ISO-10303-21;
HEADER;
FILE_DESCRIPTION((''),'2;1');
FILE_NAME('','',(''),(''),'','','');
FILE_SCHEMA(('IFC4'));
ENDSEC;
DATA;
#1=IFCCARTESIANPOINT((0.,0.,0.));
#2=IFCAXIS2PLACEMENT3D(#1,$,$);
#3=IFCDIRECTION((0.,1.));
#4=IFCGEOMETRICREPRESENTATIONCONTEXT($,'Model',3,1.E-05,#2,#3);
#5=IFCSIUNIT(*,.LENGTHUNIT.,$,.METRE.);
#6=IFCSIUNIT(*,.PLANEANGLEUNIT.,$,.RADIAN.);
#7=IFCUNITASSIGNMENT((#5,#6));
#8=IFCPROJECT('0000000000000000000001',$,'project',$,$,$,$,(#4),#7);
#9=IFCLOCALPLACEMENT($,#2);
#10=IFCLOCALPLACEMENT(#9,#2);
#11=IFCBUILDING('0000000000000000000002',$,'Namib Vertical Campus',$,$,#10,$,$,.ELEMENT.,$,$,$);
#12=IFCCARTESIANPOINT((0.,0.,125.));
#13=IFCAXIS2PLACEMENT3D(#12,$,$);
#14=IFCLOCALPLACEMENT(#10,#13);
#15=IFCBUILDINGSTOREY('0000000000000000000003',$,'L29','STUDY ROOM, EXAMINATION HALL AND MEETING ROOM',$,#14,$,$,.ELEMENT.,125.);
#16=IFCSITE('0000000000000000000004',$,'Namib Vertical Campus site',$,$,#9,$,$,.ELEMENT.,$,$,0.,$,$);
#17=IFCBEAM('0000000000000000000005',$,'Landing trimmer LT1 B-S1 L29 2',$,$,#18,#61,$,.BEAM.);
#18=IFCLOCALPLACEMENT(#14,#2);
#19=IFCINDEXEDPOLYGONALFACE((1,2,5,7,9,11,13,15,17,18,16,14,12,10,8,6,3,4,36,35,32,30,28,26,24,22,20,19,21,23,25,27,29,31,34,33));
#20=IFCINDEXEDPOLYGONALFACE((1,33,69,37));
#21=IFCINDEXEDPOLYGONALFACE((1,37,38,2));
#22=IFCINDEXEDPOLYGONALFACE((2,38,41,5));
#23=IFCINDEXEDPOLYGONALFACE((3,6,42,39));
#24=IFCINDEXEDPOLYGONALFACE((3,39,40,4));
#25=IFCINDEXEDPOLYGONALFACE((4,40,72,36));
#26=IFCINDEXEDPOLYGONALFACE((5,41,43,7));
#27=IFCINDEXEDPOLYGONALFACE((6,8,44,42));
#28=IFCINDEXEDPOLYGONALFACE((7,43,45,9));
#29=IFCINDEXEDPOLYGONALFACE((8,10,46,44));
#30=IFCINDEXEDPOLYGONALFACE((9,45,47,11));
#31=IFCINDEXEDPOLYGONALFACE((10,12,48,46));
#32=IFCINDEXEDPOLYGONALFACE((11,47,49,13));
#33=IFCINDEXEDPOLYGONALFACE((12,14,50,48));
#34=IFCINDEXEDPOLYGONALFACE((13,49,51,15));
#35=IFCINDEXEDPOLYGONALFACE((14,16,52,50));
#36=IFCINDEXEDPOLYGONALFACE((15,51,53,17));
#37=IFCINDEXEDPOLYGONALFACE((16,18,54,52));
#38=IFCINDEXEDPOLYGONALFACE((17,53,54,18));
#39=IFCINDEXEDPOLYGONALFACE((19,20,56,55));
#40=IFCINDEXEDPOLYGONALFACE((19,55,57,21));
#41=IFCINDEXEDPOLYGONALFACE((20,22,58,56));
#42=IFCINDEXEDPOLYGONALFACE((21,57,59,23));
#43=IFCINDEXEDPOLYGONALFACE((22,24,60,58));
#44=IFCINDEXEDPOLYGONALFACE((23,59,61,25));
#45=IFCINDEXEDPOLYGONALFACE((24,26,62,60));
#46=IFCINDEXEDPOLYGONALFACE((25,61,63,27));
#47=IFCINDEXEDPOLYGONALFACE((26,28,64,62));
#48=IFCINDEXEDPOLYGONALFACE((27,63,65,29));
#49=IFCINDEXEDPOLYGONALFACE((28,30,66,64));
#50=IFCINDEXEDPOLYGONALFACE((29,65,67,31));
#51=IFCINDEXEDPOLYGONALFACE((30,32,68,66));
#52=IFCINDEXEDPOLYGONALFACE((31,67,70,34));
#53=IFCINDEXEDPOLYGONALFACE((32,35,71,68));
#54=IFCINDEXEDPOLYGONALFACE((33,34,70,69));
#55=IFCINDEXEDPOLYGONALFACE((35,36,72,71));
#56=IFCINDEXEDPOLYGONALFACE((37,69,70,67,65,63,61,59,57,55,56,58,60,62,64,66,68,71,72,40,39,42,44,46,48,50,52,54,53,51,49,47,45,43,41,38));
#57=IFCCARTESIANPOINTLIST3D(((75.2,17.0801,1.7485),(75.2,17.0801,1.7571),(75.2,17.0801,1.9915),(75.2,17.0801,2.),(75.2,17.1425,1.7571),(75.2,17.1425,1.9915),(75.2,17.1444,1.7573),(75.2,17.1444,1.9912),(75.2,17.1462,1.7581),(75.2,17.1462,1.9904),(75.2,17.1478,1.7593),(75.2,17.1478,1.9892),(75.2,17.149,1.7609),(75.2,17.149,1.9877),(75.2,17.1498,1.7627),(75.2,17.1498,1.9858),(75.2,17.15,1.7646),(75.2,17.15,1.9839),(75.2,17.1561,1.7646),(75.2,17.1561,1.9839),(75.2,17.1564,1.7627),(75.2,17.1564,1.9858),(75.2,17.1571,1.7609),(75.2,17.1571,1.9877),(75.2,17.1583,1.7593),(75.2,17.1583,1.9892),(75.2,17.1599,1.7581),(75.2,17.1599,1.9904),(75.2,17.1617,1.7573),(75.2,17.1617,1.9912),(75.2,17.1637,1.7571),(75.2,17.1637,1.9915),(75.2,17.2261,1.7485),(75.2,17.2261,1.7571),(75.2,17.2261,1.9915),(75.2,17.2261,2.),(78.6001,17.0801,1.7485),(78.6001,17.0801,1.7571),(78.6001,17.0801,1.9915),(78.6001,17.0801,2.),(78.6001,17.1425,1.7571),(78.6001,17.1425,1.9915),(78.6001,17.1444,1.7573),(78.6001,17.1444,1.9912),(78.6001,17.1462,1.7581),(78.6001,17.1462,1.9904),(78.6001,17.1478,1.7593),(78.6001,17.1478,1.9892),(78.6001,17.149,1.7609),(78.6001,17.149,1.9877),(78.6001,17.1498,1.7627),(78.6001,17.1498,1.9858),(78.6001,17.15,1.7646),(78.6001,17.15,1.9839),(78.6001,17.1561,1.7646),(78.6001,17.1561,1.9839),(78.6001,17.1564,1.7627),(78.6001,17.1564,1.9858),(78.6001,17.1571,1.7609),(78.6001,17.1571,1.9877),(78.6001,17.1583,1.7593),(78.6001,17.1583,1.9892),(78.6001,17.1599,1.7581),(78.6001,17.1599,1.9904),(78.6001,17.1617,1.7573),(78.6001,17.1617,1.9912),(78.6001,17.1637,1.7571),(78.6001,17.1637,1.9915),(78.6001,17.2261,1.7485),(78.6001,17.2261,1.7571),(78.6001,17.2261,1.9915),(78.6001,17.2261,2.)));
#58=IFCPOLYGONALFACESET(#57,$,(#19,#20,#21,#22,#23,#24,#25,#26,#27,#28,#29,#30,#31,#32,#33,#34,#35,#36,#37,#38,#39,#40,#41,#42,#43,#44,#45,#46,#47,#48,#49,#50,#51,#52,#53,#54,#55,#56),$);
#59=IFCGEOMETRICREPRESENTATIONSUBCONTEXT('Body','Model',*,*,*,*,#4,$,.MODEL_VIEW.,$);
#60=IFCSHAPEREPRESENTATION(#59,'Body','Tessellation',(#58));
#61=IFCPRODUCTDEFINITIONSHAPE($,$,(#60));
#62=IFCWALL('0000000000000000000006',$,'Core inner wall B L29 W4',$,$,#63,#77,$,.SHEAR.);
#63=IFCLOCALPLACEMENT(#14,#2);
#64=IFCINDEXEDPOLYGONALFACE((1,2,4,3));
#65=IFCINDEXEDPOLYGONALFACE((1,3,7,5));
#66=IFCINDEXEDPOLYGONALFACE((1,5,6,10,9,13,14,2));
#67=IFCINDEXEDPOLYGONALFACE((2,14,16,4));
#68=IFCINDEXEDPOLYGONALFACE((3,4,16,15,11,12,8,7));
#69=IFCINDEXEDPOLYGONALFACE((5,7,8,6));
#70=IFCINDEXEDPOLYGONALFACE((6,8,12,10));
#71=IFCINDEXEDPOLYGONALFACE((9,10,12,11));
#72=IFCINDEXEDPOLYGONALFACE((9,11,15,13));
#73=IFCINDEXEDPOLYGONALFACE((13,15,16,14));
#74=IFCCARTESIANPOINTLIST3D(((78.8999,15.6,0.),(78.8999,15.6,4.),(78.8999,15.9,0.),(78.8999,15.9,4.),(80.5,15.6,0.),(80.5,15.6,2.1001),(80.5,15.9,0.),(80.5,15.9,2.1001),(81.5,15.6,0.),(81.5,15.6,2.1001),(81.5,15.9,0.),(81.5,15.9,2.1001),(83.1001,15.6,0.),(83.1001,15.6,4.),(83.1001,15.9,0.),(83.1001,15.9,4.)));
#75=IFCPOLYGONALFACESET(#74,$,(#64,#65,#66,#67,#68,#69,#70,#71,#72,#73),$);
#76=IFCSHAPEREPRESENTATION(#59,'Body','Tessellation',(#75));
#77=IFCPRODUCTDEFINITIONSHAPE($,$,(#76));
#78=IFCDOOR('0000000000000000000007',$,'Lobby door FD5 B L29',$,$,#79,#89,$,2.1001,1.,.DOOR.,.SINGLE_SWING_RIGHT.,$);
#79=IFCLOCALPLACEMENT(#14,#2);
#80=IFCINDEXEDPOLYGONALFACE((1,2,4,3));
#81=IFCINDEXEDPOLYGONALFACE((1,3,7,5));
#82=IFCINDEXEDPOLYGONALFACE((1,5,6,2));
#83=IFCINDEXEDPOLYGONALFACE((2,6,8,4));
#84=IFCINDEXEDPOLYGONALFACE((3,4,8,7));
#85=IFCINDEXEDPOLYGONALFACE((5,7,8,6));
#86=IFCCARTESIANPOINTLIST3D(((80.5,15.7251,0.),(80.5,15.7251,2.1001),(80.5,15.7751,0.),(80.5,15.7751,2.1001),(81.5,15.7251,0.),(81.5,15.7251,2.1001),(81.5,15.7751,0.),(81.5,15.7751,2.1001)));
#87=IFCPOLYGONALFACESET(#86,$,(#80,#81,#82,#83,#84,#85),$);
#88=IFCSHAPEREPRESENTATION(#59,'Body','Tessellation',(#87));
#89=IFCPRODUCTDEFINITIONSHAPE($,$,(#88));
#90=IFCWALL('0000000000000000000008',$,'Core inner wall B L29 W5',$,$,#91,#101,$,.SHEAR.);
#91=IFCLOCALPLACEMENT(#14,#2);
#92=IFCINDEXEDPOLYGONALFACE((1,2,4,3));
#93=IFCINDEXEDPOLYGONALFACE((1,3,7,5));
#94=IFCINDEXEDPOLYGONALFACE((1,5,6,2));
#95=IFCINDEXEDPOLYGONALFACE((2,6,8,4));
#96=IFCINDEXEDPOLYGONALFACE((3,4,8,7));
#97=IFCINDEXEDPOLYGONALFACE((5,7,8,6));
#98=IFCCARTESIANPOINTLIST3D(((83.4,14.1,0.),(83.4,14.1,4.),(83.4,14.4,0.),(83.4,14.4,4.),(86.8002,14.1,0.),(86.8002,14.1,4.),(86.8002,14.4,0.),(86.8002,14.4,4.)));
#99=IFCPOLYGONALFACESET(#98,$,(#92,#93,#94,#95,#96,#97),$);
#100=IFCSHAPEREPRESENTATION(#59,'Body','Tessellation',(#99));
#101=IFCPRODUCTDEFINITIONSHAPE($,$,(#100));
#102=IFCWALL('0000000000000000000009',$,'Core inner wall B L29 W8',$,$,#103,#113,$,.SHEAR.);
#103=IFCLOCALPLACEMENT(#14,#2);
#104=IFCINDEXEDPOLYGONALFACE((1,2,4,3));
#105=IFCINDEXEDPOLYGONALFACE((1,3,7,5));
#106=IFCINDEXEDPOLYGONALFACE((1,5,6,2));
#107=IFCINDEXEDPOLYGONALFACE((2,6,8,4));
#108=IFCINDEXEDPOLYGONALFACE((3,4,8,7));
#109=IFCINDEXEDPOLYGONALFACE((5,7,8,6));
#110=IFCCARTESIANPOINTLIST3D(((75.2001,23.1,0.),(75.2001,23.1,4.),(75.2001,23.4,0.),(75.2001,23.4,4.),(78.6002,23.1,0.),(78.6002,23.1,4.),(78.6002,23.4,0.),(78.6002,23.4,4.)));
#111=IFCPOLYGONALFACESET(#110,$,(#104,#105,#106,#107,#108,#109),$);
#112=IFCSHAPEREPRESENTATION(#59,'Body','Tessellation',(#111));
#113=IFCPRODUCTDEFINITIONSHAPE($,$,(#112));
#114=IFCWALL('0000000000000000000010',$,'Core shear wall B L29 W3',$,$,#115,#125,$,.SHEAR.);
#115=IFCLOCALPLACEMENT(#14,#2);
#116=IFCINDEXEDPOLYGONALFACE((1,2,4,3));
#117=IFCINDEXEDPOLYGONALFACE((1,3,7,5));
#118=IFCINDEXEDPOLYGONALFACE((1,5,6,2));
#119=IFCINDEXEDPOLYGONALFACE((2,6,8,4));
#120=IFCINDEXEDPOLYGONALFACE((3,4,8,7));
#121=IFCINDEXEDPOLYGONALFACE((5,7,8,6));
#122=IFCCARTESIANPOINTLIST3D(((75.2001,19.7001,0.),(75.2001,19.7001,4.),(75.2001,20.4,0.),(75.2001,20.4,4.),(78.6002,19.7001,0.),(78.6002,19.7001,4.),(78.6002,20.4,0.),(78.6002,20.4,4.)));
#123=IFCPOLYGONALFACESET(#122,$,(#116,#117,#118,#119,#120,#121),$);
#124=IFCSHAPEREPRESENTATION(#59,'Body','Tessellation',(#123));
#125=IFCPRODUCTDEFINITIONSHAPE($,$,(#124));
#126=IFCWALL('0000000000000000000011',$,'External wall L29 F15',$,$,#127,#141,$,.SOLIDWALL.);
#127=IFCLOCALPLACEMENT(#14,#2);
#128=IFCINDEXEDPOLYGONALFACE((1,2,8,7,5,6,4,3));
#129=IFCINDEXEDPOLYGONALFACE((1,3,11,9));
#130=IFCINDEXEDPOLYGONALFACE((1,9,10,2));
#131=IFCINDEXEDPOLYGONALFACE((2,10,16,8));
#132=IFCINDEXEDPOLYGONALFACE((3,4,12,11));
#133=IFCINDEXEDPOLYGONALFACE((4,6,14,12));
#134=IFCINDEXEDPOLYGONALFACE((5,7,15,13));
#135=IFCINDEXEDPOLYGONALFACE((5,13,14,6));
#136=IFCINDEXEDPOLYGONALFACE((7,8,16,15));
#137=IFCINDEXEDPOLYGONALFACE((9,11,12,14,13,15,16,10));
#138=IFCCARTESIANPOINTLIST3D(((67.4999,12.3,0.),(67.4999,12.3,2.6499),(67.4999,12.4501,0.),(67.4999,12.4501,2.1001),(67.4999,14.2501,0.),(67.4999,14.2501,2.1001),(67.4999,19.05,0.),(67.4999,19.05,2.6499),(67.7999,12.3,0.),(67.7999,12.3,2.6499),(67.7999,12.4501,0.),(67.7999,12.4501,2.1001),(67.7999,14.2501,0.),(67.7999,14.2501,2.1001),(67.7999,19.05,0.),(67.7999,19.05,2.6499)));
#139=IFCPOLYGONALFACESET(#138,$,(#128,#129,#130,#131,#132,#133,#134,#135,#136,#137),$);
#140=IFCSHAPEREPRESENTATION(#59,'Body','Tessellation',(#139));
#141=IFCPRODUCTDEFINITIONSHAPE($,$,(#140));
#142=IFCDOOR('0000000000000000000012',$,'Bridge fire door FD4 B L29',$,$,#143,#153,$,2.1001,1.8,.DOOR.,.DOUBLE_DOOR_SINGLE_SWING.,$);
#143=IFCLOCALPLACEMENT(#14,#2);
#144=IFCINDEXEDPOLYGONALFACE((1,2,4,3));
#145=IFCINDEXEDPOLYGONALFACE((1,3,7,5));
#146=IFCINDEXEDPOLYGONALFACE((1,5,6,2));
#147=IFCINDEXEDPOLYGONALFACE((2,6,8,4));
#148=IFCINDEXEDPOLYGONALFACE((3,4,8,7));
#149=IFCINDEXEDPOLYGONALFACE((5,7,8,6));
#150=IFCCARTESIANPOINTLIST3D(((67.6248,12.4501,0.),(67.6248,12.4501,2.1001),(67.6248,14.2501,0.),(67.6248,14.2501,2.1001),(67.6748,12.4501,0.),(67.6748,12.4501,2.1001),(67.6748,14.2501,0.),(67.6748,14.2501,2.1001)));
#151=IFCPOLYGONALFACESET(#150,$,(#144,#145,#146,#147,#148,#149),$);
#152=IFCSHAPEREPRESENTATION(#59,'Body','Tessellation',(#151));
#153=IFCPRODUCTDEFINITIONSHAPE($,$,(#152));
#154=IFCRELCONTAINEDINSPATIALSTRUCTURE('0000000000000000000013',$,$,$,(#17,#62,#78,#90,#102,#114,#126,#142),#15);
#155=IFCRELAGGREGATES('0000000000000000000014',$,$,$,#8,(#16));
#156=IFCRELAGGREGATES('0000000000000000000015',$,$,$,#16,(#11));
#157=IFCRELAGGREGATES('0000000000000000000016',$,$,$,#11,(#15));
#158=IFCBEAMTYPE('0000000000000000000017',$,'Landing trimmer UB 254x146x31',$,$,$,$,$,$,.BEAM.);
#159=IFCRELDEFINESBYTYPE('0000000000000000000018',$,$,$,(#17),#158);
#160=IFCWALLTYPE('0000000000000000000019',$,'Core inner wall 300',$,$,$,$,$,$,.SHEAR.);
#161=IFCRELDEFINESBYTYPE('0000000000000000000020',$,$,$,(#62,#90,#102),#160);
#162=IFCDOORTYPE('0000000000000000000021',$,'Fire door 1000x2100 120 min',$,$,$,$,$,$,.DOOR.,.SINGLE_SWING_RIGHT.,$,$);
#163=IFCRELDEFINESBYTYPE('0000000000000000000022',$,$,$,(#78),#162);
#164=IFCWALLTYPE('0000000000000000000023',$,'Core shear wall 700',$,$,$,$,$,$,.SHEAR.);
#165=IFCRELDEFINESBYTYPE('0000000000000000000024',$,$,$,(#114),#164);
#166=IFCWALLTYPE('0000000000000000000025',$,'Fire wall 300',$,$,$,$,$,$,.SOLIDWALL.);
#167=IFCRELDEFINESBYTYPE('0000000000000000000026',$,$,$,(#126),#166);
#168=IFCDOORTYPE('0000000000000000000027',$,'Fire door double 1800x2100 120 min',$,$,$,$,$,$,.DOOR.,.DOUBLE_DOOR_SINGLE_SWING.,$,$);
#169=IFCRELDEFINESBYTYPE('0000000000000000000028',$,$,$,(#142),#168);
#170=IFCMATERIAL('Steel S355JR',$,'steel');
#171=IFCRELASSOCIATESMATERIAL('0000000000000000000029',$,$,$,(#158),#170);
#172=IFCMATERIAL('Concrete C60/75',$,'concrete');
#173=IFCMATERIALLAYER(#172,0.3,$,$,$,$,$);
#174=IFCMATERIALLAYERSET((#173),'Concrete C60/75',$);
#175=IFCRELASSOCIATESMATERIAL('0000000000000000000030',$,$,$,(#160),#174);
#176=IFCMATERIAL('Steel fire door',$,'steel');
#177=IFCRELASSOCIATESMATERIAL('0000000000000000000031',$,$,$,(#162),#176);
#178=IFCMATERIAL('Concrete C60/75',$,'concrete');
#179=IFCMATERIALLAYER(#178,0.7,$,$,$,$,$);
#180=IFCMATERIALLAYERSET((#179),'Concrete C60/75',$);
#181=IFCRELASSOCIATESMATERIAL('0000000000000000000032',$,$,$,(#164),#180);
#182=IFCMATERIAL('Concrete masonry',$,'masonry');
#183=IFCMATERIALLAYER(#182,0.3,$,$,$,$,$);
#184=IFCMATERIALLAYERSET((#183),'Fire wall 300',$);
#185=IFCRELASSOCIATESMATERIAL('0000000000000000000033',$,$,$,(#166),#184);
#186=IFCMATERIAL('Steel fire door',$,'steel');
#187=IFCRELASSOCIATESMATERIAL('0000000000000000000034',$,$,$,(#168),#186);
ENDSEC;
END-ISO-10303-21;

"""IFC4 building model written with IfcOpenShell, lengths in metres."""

from ifc_helpers import new_model, si_unit, direction, frame, frame_2d, origin, origin_2d, place, context, subcontext, project, spatial, rectangle, i_section, extrude, material, layer, layer_set, material_profile, profile_set, type_object, element, fill, save


model = new_model("IFC4")

# Units and contexts
model_context = context("Model", 3, precision=1e-05, world=origin(), true_north=direction((0.0, 1.0)))
body_context = subcontext(model_context, "Body", "Model", "MODEL_VIEW")
ifc_project = project(units=[si_unit("LENGTHUNIT", "METRE"), si_unit("PLANEANGLEUNIT", "RADIAN")], contexts=[model_context])

# Site, building, storey
site_placement = place(None, origin())
site = spatial("IfcSite", under=ifc_project, at=site_placement, Name="Namib Vertical Campus site", CompositionType="ELEMENT", RefElevation=0.0)
building_placement = place(site_placement, origin())
building = spatial("IfcBuilding", under=site, at=building_placement, Name="Namib Vertical Campus", CompositionType="ELEMENT")
storey_placement = place(building_placement, frame((0.0, 0.0, 125.0)))
storey = spatial("IfcBuildingStorey", under=building, at=storey_placement, Name="L29", Description="STUDY ROOM, EXAMINATION HALL AND MEETING ROOM", CompositionType="ELEMENT", Elevation=125.0)

# Beam
ifc_material_1 = material(Name="Steel S355JR", Category="steel")
ifc_material_profile = material_profile(ifc_material_1, i_section(OverallWidth=0.146, OverallDepth=0.2515, WebThickness=0.0061, FlangeThickness=0.0085, FilletRadius=0.0076, at=origin_2d()))
ifc_profile_set = profile_set([ifc_material_profile], Name="Steel S355JR")
beam_type = type_object("IfcBeamType", Name="Landing trimmer UB 254x146x31", PredefinedType="BEAM", material=ifc_profile_set)
beam_placement = place(storey_placement, frame((75.2, 17.1531, 1.8743), z_axis=(1.0, 0.0, 0.0), x_axis=(0.0, 1.0, 0.0)))
element("IfcBeam", 1, at=beam_placement, inside=storey, type_object=beam_type, Name="Landing trimmer LT1 B-S1 L29 2", PredefinedType="BEAM", context=body_context, shape_type="SweptSolid", body=[
    extrude(i_section(OverallWidth=0.146, OverallDepth=0.2515, WebThickness=0.0061, FlangeThickness=0.0085, FilletRadius=0.0076, at=origin_2d()), origin(), (0.0, 0.0, 1.0), 3.4001),
])

# Wall, opening, door
ifc_material_2 = material(Name="Concrete C60/75", Category="concrete")
ifc_layer_1 = layer(ifc_material_2, 0.3)
ifc_layer_set_1 = layer_set([ifc_layer_1], Name="Concrete C60/75")
wall_type_1 = type_object("IfcWallType", Name="Core inner wall 300", PredefinedType="SHEAR", material=ifc_layer_set_1)
wall_1_placement = place(storey_placement, frame((78.8999, 15.75, 0.0), z_axis=(0.0, 0.0, 1.0), x_axis=(1.0, 0.0, 0.0)))
wall_1 = element("IfcWall", 2, at=wall_1_placement, inside=storey, type_object=wall_type_1, Name="Core inner wall B L29 W4", PredefinedType="SHEAR", context=body_context, shape_type="SweptSolid", body=[
    extrude(rectangle(XDim=4.2002, YDim=0.3, at=frame_2d((2.1001, 0.0))), origin(), (0.0, 0.0, 1.0), 4.0),
])
opening_1_placement = place(wall_1_placement, frame((1.6001, 0.0, 0.0)))
opening_1 = element("IfcOpeningElement", 3, at=opening_1_placement, cuts=wall_1, PredefinedType="OPENING", context=body_context, shape_type="SweptSolid", body=[
    extrude(rectangle(XDim=1.0, YDim=2.1001, at=frame_2d((0.5, 1.05))), frame((0.0, 0.1599, 0.0), z_axis=(0.0, -1.0, 0.0), x_axis=(1.0, 0.0, 0.0)), (0.0, 0.0, 1.0), 0.3201),
])
ifc_material_3 = material(Name="Steel fire door", Category="steel")
door_type_1 = type_object("IfcDoorType", Name="Fire door 1000x2100 120 min", OperationType="SINGLE_SWING_RIGHT", PredefinedType="DOOR", material=ifc_material_3)
door_1_placement = place(opening_1_placement, frame((1.0, 0.0, 0.0), z_axis=(0.0, 0.0, 1.0), x_axis=(-1.0, 0.0, 0.0)))
door_1 = element("IfcDoor", 4, at=door_1_placement, inside=storey, type_object=door_type_1, Name="Lobby door FD5 B L29", OperationType="SINGLE_SWING_RIGHT", OverallHeight=2.1001, OverallWidth=1.0, PredefinedType="DOOR", context=body_context, shape_type="SweptSolid", body=[
    extrude(rectangle(XDim=1.0, YDim=2.1001, at=frame_2d((0.5, 1.05))), frame((0.0, 0.0249, 0.0), z_axis=(0.0, -1.0, 0.0), x_axis=(1.0, 0.0, 0.0)), (0.0, 0.0, 1.0), 0.05),
])
fill(opening_1, door_1)

# Walls
for number, where, z_axis, x_axis, name in (
    (5, (83.3999, 14.25, 0.0), (0.0, 0.0, 1.0), (1.0, 0.0, 0.0), "Core inner wall B L29 W5"),
    (6, (75.2, 23.25, 0.0), (0.0, 0.0, 1.0), (1.0, 0.0, 0.0), "Core inner wall B L29 W8"),
):
    element("IfcWall", number, at=place(storey_placement, frame(where, z_axis=z_axis, x_axis=x_axis)), inside=storey, type_object=wall_type_1, Name=name, PredefinedType="SHEAR", context=body_context, shape_type="SweptSolid", body=[
        extrude(rectangle(XDim=3.4001, YDim=0.3, at=frame_2d((1.7002, 0.0))), origin(), (0.0, 0.0, 1.0), 4.0),
    ])
ifc_material_4 = material(Name="Concrete C60/75", Category="concrete")
ifc_layer_2 = layer(ifc_material_4, 0.7)
ifc_layer_set_2 = layer_set([ifc_layer_2], Name="Concrete C60/75")
wall_type_2 = type_object("IfcWallType", Name="Core shear wall 700", PredefinedType="SHEAR", material=ifc_layer_set_2)
wall_2_placement = place(storey_placement, frame((75.2, 20.05, 0.0), z_axis=(0.0, 0.0, 1.0), x_axis=(1.0, 0.0, 0.0)))
element("IfcWall", 7, at=wall_2_placement, inside=storey, type_object=wall_type_2, Name="Core shear wall B L29 W3", PredefinedType="SHEAR", context=body_context, shape_type="SweptSolid", body=[
    extrude(rectangle(XDim=3.4001, YDim=0.7, at=frame_2d((1.7002, 0.0))), origin(), (0.0, 0.0, 1.0), 4.0),
])

# Wall, opening, door
ifc_material_5 = material(Name="Concrete masonry", Category="masonry")
ifc_layer_3 = layer(ifc_material_5, 0.3)
ifc_layer_set_3 = layer_set([ifc_layer_3], Name="Fire wall 300")
wall_type_3 = type_object("IfcWallType", Name="Fire wall 300", PredefinedType="SOLIDWALL", material=ifc_layer_set_3)
wall_3_placement = place(storey_placement, frame((67.6499, 19.05, 0.0), z_axis=(0.0, 0.0, 1.0), x_axis=(0.0, -1.0, 0.0)))
wall_3 = element("IfcWall", 8, at=wall_3_placement, inside=storey, type_object=wall_type_3, Name="External wall L29 F15", PredefinedType="SOLIDWALL", context=body_context, shape_type="SweptSolid", body=[
    extrude(rectangle(XDim=6.75, YDim=0.3, at=frame_2d((3.375, 0.0))), origin(), (0.0, 0.0, 1.0), 2.6499),
])
opening_2_placement = place(wall_3_placement, frame((4.8, 0.0, 0.0)))
opening_2 = element("IfcOpeningElement", 9, at=opening_2_placement, cuts=wall_3, PredefinedType="OPENING", context=body_context, shape_type="SweptSolid", body=[
    extrude(rectangle(XDim=1.8, YDim=2.1001, at=frame_2d((0.8999, 1.05))), frame((0.0, 0.1599, 0.0), z_axis=(0.0, -1.0, 0.0), x_axis=(1.0, 0.0, 0.0)), (0.0, 0.0, 1.0), 0.3201),
])
ifc_material_6 = material(Name="Steel fire door", Category="steel")
door_type_2 = type_object("IfcDoorType", Name="Fire door double 1800x2100 120 min", OperationType="DOUBLE_DOOR_SINGLE_SWING", PredefinedType="DOOR", material=ifc_material_6)
door_2_placement = place(opening_2_placement, origin())
door_2 = element("IfcDoor", 10, at=door_2_placement, inside=storey, type_object=door_type_2, Name="Bridge fire door FD4 B L29", OperationType="DOUBLE_DOOR_SINGLE_SWING", OverallHeight=2.1001, OverallWidth=1.8, PredefinedType="DOOR", context=body_context, shape_type="SweptSolid", body=[
    extrude(rectangle(XDim=1.8, YDim=2.1001, at=frame_2d((0.8999, 1.05))), frame((0.0, 0.0249, 0.0), z_axis=(0.0, -1.0, 0.0), x_axis=(1.0, 0.0, 0.0)), (0.0, 0.0, 1.0), 0.05),
])
fill(opening_2, door_2)

save(model, "model.ifc")
